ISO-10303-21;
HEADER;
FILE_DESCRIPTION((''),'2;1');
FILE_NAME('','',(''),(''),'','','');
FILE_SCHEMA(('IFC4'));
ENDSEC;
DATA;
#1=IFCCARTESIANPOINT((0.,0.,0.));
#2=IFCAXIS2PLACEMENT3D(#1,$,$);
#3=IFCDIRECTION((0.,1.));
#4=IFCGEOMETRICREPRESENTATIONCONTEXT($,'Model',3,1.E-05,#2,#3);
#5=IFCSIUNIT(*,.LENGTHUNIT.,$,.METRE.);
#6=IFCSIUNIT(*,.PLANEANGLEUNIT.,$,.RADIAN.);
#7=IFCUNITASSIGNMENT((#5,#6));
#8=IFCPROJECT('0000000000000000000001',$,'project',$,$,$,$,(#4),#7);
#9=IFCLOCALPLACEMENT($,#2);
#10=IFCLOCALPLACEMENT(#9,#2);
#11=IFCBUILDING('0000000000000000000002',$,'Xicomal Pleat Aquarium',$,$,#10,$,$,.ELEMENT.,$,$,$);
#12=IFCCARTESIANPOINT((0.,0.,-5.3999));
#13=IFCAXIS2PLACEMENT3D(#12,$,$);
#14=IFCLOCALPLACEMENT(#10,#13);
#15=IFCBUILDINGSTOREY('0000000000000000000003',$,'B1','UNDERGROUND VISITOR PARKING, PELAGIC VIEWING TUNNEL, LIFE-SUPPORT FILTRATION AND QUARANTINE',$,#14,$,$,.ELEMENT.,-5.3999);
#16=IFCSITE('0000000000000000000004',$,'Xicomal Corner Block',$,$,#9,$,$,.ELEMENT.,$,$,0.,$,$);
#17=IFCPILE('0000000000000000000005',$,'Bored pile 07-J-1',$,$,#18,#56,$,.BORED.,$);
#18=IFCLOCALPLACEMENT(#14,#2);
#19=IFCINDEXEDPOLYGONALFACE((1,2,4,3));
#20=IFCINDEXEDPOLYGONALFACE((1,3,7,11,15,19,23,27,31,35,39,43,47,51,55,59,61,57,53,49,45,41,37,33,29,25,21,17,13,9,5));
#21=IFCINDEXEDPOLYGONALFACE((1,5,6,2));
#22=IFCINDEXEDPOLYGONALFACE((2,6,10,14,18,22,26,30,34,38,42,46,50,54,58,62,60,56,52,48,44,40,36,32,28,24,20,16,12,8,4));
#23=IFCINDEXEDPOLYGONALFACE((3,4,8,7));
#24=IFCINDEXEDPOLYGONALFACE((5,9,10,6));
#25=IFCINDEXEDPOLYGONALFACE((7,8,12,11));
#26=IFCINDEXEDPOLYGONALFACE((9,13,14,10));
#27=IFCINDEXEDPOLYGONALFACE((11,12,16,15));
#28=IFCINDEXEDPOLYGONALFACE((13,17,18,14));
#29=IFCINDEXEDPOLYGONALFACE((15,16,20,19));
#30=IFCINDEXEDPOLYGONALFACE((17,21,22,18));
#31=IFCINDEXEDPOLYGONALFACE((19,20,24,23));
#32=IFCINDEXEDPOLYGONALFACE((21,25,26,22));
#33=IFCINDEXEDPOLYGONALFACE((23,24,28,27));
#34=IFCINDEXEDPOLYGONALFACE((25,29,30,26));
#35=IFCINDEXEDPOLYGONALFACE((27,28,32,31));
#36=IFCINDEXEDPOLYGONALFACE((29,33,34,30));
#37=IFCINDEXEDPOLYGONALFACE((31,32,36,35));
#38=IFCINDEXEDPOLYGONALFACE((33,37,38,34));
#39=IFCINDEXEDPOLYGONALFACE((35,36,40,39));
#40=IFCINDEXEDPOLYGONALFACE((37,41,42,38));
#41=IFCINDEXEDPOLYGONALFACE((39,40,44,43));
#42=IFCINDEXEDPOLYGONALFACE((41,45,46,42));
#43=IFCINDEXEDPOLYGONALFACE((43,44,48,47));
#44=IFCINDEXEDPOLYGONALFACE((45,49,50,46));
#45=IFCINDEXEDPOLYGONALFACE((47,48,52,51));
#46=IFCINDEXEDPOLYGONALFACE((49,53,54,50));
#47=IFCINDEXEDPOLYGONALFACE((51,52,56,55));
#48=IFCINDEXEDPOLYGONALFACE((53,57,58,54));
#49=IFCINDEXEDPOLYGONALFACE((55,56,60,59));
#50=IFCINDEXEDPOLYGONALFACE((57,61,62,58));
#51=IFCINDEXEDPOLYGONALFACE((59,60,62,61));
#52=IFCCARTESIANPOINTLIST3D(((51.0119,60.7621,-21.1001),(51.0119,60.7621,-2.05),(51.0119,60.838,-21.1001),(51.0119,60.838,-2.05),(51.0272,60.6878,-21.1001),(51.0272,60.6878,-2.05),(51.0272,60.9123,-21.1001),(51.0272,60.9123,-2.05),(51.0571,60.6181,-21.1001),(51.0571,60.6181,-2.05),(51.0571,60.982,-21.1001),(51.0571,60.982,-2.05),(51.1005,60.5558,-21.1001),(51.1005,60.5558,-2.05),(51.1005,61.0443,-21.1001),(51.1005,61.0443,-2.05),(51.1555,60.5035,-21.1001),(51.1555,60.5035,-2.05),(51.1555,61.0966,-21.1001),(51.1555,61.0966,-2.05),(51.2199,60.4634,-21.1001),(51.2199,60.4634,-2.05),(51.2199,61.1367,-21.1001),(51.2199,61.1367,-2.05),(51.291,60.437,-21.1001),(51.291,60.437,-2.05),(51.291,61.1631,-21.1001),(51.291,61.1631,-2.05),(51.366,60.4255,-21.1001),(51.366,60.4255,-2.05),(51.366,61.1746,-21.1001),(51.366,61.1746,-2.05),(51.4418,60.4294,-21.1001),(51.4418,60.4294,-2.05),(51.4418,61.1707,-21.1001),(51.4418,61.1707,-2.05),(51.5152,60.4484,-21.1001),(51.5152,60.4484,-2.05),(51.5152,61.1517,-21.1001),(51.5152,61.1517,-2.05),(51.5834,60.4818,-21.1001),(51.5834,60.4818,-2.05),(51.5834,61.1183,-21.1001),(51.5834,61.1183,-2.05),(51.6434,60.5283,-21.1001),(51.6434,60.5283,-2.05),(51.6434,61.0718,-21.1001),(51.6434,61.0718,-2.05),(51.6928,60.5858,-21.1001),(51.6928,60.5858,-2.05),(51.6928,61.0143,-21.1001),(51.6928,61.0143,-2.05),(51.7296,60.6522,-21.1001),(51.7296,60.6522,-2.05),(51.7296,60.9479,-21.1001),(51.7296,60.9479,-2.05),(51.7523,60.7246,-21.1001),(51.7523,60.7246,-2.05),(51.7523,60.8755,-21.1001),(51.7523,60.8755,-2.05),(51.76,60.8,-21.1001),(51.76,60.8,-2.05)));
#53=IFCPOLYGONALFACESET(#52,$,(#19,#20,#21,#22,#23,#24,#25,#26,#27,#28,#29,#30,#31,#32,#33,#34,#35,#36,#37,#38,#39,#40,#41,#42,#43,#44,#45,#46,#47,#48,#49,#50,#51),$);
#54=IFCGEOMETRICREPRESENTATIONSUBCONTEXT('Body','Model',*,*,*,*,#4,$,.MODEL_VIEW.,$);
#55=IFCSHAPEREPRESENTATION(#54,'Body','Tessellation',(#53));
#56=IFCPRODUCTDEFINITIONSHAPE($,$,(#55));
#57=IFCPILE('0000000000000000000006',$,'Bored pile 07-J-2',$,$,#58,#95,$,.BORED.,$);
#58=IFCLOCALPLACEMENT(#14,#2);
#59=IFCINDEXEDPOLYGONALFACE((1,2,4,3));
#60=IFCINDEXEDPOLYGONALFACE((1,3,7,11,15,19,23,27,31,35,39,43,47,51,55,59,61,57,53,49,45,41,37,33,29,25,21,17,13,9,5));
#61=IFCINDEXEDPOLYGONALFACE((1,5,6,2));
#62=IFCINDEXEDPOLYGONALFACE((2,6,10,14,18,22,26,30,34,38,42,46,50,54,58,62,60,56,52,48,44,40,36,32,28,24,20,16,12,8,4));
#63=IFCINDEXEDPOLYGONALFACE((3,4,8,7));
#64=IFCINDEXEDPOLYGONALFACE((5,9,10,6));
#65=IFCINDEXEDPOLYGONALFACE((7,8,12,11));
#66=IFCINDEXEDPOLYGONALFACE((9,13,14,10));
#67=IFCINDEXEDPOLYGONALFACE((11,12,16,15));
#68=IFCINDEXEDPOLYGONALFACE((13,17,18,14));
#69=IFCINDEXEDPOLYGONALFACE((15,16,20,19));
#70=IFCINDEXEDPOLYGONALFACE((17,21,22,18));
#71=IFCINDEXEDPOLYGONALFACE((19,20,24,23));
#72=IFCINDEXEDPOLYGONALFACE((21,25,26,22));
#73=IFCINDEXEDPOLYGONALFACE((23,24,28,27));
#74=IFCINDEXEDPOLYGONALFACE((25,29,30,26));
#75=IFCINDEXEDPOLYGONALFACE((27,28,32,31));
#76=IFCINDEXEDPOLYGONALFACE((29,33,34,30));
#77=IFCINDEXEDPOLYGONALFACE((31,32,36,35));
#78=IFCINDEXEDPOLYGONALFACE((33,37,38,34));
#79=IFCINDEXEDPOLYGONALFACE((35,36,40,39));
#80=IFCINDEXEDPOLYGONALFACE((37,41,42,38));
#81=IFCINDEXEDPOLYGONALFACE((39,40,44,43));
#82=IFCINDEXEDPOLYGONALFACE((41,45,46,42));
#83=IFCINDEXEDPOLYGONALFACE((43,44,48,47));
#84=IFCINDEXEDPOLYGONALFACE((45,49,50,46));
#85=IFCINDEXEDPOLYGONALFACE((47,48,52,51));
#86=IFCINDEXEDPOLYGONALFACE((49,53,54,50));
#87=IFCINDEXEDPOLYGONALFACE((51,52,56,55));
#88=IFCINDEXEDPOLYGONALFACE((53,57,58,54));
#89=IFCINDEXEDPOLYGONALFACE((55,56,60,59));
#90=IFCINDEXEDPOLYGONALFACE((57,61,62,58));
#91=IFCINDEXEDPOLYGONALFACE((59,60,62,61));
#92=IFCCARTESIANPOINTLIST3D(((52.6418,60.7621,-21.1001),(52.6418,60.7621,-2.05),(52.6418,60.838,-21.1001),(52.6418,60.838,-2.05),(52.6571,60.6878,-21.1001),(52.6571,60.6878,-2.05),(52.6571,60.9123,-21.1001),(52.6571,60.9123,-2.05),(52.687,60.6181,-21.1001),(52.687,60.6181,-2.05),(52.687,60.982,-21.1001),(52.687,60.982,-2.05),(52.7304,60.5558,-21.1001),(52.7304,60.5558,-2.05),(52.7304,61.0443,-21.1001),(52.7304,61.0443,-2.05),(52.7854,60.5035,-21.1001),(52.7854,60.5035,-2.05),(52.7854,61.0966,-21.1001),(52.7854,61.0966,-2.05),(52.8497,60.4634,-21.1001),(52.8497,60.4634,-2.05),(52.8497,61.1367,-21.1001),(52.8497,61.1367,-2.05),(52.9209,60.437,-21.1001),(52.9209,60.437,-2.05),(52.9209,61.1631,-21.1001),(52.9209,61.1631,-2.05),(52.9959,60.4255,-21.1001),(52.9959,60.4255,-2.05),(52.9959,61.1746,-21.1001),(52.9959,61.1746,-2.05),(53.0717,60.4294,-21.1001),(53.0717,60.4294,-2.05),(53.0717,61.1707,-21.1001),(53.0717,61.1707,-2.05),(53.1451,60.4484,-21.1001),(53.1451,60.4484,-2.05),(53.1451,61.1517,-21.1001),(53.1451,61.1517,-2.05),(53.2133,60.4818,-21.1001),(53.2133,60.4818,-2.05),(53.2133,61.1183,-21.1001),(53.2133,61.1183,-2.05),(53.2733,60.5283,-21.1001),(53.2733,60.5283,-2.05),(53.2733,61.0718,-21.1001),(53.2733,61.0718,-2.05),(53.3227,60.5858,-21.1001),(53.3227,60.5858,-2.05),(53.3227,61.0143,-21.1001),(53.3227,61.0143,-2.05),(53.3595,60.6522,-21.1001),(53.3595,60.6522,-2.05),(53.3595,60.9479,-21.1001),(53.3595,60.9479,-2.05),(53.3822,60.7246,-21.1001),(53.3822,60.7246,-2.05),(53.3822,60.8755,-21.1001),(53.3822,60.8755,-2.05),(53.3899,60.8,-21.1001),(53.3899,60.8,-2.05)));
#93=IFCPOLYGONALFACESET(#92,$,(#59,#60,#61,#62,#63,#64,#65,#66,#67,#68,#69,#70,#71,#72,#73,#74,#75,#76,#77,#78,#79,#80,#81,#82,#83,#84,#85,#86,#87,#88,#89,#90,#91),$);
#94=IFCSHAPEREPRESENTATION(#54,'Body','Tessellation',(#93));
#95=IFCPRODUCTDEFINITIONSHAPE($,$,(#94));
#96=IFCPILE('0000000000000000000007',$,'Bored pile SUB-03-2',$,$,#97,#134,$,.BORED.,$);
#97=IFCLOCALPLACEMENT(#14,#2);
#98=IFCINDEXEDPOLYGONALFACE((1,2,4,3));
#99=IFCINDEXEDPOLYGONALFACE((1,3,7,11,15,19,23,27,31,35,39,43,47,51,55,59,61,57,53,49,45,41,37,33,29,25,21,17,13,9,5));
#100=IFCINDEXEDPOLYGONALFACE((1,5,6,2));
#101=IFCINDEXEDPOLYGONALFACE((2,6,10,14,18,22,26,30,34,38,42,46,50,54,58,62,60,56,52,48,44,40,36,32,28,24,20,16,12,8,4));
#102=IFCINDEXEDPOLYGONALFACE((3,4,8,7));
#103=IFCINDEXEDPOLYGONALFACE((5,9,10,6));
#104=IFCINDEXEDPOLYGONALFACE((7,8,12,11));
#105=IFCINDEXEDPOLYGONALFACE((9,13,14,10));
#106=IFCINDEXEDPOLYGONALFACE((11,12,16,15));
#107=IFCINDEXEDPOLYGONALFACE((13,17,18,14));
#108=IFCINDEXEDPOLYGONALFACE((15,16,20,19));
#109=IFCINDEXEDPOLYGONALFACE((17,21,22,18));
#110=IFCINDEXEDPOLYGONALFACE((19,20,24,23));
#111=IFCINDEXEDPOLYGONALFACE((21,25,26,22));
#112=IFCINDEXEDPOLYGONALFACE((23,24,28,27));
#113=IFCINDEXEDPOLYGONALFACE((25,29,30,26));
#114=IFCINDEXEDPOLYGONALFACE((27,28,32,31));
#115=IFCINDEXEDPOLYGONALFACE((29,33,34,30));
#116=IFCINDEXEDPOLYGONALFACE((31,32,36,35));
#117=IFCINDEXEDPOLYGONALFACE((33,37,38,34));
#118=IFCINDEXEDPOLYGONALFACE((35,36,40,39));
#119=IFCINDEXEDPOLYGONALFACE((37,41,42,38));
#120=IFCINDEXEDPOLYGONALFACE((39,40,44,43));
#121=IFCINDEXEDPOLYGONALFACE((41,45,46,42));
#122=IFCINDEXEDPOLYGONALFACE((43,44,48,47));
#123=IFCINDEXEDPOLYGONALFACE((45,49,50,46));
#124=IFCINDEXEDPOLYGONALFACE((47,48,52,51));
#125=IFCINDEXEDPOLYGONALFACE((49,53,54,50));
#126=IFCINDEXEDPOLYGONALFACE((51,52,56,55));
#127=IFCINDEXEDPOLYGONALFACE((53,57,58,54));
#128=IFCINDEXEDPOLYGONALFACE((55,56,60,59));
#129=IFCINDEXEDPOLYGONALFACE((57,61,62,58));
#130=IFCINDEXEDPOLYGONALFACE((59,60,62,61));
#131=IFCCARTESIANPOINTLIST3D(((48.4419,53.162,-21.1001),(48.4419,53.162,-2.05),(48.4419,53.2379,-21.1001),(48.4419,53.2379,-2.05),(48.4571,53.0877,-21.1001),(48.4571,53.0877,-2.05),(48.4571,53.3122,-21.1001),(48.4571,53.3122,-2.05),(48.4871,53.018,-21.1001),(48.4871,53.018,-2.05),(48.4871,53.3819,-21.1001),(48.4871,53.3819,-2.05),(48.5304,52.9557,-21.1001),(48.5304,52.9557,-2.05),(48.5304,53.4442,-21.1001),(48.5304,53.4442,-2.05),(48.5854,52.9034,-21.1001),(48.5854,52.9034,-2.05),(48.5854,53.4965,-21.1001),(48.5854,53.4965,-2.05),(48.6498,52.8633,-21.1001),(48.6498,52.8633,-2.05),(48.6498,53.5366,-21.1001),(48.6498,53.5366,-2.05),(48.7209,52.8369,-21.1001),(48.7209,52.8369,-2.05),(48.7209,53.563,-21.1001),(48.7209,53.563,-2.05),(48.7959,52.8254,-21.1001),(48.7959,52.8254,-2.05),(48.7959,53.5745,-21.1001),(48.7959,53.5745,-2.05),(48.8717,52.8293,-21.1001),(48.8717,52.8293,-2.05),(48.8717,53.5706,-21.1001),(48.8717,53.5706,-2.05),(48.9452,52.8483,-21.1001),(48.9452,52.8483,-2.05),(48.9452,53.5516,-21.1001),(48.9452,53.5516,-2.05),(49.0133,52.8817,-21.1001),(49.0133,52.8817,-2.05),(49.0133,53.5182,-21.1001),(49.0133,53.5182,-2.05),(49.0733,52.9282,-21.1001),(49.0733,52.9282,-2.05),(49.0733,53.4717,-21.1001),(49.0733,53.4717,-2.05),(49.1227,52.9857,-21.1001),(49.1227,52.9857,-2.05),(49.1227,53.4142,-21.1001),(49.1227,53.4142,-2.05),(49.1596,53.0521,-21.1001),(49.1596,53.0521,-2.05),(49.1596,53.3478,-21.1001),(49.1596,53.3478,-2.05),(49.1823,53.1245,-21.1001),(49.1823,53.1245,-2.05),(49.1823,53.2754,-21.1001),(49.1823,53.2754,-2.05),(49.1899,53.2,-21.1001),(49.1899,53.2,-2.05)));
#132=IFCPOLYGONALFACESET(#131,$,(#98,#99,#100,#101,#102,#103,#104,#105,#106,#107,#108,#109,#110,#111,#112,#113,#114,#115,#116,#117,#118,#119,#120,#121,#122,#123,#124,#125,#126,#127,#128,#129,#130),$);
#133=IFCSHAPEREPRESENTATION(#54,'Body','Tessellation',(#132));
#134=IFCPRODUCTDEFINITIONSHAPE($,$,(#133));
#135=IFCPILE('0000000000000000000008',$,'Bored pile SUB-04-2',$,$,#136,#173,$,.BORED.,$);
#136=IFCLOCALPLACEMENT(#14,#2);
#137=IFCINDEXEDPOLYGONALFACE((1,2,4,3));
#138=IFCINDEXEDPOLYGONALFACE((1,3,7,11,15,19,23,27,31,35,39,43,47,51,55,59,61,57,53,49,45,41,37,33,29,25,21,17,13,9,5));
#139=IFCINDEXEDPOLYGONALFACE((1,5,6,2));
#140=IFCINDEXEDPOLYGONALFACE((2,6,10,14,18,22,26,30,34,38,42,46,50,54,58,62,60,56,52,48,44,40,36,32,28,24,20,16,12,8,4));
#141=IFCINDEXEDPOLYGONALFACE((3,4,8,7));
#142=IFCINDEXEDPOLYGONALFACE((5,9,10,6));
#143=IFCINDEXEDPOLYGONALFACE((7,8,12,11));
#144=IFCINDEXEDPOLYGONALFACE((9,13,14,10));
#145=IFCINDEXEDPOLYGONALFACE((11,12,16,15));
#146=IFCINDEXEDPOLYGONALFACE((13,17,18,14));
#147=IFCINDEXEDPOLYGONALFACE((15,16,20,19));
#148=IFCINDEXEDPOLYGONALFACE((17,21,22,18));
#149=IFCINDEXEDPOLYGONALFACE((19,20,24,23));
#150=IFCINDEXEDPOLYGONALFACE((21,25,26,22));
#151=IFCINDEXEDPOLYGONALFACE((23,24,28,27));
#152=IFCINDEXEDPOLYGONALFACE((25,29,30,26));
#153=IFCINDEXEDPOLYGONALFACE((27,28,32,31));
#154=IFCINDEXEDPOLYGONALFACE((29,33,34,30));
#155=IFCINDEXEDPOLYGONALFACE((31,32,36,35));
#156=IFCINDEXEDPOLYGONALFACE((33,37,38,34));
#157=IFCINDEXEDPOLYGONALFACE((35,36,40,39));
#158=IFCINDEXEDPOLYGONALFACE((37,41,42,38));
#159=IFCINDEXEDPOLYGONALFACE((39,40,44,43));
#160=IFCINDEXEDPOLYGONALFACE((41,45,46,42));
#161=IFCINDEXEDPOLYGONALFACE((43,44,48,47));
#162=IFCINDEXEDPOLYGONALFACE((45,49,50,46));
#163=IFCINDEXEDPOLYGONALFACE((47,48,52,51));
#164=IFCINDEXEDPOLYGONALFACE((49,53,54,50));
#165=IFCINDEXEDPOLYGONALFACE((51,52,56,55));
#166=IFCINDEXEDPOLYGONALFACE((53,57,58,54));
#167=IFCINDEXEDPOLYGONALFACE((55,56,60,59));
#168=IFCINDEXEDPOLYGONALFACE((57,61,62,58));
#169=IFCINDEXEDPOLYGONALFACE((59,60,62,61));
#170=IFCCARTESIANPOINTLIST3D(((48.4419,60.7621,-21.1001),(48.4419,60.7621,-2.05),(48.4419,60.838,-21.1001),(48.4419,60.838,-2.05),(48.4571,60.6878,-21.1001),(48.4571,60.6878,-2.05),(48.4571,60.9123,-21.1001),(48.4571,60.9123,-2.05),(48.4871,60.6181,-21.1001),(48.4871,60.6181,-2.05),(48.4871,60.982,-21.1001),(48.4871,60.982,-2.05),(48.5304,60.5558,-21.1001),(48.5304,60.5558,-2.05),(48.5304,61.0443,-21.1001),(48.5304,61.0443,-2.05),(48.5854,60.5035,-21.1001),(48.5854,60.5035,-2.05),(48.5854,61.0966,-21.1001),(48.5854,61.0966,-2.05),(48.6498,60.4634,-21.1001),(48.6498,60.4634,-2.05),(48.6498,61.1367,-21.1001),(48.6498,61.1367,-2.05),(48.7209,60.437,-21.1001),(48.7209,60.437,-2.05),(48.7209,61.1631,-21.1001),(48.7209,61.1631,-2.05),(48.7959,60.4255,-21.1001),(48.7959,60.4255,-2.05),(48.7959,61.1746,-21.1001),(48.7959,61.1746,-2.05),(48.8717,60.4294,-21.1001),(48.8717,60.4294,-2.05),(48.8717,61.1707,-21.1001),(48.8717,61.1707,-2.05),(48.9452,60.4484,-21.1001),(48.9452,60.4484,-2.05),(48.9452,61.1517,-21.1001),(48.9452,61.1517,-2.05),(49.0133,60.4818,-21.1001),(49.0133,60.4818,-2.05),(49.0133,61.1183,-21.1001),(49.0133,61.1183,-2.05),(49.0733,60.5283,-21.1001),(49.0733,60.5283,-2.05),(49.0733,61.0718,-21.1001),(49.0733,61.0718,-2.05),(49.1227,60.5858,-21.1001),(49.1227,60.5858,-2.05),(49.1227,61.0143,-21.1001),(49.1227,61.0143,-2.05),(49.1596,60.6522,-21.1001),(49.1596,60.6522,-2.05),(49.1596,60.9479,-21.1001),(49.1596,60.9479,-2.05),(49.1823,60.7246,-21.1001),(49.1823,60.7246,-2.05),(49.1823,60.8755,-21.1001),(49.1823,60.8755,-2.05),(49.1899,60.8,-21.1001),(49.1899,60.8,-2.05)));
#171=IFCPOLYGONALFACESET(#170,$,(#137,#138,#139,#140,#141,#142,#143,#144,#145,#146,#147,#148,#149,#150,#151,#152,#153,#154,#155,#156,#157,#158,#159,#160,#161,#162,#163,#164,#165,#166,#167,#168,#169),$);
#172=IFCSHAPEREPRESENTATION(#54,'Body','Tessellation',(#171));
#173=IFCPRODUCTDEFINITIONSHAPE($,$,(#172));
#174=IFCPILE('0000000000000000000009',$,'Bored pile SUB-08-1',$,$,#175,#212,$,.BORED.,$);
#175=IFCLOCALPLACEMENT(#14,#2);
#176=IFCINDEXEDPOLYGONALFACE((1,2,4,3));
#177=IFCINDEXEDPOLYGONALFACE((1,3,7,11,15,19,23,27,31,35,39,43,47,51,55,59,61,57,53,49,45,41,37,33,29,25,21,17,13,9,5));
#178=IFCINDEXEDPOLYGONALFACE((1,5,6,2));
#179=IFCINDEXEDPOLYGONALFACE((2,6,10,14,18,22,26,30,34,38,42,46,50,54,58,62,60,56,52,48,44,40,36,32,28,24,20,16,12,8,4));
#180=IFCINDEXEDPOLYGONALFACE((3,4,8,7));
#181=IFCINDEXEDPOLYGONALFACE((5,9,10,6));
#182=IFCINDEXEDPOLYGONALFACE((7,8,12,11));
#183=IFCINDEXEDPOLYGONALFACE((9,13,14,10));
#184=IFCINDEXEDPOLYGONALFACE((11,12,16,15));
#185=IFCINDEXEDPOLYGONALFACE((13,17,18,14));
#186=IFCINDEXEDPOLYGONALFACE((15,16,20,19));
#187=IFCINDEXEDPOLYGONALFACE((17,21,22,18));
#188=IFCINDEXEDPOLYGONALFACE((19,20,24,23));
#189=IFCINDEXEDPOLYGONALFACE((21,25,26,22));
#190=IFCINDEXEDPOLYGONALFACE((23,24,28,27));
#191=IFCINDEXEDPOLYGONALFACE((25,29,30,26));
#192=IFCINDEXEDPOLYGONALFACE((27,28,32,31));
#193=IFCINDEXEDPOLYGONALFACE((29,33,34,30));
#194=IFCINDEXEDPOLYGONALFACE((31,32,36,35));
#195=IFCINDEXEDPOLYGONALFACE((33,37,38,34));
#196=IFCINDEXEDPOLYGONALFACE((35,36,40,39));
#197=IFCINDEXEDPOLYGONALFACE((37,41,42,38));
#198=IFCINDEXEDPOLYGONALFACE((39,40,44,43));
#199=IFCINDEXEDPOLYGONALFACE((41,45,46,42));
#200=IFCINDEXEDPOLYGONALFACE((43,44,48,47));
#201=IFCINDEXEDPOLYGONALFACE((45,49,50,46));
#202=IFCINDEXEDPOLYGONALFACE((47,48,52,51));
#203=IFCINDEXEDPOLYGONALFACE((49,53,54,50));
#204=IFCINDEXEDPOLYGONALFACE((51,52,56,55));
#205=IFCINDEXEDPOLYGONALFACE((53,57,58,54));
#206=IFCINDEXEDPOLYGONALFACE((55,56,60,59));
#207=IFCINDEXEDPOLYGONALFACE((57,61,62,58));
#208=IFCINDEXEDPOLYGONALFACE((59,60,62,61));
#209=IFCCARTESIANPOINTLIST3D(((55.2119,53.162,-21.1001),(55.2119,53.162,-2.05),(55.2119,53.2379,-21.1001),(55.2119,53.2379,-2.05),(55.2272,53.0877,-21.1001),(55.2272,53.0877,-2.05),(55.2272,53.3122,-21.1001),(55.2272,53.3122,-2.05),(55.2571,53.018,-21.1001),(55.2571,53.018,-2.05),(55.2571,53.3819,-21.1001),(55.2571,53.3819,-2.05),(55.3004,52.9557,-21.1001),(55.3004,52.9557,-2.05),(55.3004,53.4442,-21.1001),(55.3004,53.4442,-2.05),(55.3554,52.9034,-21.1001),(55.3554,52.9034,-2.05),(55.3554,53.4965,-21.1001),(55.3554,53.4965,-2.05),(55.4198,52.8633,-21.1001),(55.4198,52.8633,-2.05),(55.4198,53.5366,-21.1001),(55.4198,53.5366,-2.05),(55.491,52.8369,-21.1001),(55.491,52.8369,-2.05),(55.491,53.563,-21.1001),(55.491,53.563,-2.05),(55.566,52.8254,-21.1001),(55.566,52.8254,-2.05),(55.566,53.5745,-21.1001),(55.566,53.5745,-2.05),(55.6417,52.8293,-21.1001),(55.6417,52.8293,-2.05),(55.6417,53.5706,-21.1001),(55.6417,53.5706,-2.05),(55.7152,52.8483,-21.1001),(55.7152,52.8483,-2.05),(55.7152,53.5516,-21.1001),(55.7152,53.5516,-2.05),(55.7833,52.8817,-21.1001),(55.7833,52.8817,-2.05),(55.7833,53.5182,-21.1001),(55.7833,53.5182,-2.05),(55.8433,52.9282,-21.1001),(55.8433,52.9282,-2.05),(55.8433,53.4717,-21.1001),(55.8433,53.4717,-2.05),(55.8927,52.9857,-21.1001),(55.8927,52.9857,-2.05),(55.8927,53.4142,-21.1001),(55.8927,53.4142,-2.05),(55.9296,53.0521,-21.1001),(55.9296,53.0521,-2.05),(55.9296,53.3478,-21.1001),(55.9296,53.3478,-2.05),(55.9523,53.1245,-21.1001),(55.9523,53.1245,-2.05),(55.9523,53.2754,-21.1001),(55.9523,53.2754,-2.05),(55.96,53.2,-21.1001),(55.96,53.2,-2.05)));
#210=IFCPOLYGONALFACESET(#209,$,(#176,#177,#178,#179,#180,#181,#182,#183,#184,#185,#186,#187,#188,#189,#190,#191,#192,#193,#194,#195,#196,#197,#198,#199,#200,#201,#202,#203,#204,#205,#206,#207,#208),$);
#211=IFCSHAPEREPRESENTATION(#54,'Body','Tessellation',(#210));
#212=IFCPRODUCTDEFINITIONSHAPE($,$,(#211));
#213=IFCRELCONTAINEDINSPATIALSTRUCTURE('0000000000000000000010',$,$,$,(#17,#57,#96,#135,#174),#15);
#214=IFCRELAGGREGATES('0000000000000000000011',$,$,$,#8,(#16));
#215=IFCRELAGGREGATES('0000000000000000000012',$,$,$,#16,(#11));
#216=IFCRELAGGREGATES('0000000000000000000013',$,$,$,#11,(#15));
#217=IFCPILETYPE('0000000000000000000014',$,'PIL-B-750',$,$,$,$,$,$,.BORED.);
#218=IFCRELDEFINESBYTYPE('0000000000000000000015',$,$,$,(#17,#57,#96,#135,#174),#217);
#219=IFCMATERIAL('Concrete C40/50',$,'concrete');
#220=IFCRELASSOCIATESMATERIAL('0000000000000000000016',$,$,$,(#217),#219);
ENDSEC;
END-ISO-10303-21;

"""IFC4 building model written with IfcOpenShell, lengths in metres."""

from ifc_helpers import new_model, si_unit, direction, frame, origin, origin_2d, place, context, subcontext, project, spatial, circle, extrude, material, material_profile, profile_set, type_object, element, save


model = new_model("IFC4")

# Units and contexts
model_context = context("Model", 3, precision=1e-05, world=origin(), true_north=direction((0.0, 1.0)))
body_context = subcontext(model_context, "Body", "Model", "MODEL_VIEW")
ifc_project = project(units=[si_unit("LENGTHUNIT", "METRE"), si_unit("PLANEANGLEUNIT", "RADIAN")], contexts=[model_context])

# Site, building, storey
site_placement = place(None, origin())
site = spatial("IfcSite", under=ifc_project, at=site_placement, Name="Xicomal Corner Block", CompositionType="ELEMENT", RefElevation=0.0)
building_placement = place(site_placement, origin())
building = spatial("IfcBuilding", under=site, at=building_placement, Name="Xicomal Pleat Aquarium", CompositionType="ELEMENT")
storey_placement = place(building_placement, frame((0.0, 0.0, -5.3999)))
storey = spatial("IfcBuildingStorey", under=building, at=storey_placement, Name="B1", Description="UNDERGROUND VISITOR PARKING, PELAGIC VIEWING TUNNEL, LIFE-SUPPORT FILTRATION AND QUARANTINE", CompositionType="ELEMENT", Elevation=-5.3999)

# Piles
ifc_material_1 = material(Name="Concrete C40/50", Category="concrete")
ifc_material_profile_1 = material_profile(ifc_material_1, circle(Radius=0.375, at=origin_2d()), Name="BORED PILE D750")
ifc_profile_set_1 = profile_set([ifc_material_profile_1], Name="Concrete C40/50")
pile_type_1 = type_object("IfcPileType", Name="PIL-B-750", PredefinedType="BORED", material=ifc_profile_set_1)
for number, where, z_axis, x_axis, name in (
    (1, (51.385, 60.8, -2.05), (0.0, 0.0, -1.0), (1.0, 0.0, 0.0), "Bored pile 07-J-1"),
    (2, (53.0149, 60.8, -2.05), (0.0, 0.0, -1.0), (1.0, 0.0, 0.0), "Bored pile 07-J-2"),
    (3, (48.8149, 53.2, -2.05), (0.0, 0.0, -1.0), (1.0, 0.0, 0.0), "Bored pile SUB-03-2"),
    (4, (48.8149, 60.8, -2.05), (0.0, 0.0, -1.0), (1.0, 0.0, 0.0), "Bored pile SUB-04-2"),
    (5, (55.585, 53.2, -2.05), (0.0, 0.0, -1.0), (1.0, 0.0, 0.0), "Bored pile SUB-08-1"),
):
    element("IfcPile", number, at=place(storey_placement, frame(where, z_axis=z_axis, x_axis=x_axis)), inside=storey, type_object=pile_type_1, Name=name, PredefinedType="BORED", context=body_context, shape_type="SweptSolid", body=[
        extrude(circle(Radius=0.375, at=origin_2d()), origin(), (0.0, 0.0, 1.0), 19.05),
    ])

save(model, "model.ifc")
